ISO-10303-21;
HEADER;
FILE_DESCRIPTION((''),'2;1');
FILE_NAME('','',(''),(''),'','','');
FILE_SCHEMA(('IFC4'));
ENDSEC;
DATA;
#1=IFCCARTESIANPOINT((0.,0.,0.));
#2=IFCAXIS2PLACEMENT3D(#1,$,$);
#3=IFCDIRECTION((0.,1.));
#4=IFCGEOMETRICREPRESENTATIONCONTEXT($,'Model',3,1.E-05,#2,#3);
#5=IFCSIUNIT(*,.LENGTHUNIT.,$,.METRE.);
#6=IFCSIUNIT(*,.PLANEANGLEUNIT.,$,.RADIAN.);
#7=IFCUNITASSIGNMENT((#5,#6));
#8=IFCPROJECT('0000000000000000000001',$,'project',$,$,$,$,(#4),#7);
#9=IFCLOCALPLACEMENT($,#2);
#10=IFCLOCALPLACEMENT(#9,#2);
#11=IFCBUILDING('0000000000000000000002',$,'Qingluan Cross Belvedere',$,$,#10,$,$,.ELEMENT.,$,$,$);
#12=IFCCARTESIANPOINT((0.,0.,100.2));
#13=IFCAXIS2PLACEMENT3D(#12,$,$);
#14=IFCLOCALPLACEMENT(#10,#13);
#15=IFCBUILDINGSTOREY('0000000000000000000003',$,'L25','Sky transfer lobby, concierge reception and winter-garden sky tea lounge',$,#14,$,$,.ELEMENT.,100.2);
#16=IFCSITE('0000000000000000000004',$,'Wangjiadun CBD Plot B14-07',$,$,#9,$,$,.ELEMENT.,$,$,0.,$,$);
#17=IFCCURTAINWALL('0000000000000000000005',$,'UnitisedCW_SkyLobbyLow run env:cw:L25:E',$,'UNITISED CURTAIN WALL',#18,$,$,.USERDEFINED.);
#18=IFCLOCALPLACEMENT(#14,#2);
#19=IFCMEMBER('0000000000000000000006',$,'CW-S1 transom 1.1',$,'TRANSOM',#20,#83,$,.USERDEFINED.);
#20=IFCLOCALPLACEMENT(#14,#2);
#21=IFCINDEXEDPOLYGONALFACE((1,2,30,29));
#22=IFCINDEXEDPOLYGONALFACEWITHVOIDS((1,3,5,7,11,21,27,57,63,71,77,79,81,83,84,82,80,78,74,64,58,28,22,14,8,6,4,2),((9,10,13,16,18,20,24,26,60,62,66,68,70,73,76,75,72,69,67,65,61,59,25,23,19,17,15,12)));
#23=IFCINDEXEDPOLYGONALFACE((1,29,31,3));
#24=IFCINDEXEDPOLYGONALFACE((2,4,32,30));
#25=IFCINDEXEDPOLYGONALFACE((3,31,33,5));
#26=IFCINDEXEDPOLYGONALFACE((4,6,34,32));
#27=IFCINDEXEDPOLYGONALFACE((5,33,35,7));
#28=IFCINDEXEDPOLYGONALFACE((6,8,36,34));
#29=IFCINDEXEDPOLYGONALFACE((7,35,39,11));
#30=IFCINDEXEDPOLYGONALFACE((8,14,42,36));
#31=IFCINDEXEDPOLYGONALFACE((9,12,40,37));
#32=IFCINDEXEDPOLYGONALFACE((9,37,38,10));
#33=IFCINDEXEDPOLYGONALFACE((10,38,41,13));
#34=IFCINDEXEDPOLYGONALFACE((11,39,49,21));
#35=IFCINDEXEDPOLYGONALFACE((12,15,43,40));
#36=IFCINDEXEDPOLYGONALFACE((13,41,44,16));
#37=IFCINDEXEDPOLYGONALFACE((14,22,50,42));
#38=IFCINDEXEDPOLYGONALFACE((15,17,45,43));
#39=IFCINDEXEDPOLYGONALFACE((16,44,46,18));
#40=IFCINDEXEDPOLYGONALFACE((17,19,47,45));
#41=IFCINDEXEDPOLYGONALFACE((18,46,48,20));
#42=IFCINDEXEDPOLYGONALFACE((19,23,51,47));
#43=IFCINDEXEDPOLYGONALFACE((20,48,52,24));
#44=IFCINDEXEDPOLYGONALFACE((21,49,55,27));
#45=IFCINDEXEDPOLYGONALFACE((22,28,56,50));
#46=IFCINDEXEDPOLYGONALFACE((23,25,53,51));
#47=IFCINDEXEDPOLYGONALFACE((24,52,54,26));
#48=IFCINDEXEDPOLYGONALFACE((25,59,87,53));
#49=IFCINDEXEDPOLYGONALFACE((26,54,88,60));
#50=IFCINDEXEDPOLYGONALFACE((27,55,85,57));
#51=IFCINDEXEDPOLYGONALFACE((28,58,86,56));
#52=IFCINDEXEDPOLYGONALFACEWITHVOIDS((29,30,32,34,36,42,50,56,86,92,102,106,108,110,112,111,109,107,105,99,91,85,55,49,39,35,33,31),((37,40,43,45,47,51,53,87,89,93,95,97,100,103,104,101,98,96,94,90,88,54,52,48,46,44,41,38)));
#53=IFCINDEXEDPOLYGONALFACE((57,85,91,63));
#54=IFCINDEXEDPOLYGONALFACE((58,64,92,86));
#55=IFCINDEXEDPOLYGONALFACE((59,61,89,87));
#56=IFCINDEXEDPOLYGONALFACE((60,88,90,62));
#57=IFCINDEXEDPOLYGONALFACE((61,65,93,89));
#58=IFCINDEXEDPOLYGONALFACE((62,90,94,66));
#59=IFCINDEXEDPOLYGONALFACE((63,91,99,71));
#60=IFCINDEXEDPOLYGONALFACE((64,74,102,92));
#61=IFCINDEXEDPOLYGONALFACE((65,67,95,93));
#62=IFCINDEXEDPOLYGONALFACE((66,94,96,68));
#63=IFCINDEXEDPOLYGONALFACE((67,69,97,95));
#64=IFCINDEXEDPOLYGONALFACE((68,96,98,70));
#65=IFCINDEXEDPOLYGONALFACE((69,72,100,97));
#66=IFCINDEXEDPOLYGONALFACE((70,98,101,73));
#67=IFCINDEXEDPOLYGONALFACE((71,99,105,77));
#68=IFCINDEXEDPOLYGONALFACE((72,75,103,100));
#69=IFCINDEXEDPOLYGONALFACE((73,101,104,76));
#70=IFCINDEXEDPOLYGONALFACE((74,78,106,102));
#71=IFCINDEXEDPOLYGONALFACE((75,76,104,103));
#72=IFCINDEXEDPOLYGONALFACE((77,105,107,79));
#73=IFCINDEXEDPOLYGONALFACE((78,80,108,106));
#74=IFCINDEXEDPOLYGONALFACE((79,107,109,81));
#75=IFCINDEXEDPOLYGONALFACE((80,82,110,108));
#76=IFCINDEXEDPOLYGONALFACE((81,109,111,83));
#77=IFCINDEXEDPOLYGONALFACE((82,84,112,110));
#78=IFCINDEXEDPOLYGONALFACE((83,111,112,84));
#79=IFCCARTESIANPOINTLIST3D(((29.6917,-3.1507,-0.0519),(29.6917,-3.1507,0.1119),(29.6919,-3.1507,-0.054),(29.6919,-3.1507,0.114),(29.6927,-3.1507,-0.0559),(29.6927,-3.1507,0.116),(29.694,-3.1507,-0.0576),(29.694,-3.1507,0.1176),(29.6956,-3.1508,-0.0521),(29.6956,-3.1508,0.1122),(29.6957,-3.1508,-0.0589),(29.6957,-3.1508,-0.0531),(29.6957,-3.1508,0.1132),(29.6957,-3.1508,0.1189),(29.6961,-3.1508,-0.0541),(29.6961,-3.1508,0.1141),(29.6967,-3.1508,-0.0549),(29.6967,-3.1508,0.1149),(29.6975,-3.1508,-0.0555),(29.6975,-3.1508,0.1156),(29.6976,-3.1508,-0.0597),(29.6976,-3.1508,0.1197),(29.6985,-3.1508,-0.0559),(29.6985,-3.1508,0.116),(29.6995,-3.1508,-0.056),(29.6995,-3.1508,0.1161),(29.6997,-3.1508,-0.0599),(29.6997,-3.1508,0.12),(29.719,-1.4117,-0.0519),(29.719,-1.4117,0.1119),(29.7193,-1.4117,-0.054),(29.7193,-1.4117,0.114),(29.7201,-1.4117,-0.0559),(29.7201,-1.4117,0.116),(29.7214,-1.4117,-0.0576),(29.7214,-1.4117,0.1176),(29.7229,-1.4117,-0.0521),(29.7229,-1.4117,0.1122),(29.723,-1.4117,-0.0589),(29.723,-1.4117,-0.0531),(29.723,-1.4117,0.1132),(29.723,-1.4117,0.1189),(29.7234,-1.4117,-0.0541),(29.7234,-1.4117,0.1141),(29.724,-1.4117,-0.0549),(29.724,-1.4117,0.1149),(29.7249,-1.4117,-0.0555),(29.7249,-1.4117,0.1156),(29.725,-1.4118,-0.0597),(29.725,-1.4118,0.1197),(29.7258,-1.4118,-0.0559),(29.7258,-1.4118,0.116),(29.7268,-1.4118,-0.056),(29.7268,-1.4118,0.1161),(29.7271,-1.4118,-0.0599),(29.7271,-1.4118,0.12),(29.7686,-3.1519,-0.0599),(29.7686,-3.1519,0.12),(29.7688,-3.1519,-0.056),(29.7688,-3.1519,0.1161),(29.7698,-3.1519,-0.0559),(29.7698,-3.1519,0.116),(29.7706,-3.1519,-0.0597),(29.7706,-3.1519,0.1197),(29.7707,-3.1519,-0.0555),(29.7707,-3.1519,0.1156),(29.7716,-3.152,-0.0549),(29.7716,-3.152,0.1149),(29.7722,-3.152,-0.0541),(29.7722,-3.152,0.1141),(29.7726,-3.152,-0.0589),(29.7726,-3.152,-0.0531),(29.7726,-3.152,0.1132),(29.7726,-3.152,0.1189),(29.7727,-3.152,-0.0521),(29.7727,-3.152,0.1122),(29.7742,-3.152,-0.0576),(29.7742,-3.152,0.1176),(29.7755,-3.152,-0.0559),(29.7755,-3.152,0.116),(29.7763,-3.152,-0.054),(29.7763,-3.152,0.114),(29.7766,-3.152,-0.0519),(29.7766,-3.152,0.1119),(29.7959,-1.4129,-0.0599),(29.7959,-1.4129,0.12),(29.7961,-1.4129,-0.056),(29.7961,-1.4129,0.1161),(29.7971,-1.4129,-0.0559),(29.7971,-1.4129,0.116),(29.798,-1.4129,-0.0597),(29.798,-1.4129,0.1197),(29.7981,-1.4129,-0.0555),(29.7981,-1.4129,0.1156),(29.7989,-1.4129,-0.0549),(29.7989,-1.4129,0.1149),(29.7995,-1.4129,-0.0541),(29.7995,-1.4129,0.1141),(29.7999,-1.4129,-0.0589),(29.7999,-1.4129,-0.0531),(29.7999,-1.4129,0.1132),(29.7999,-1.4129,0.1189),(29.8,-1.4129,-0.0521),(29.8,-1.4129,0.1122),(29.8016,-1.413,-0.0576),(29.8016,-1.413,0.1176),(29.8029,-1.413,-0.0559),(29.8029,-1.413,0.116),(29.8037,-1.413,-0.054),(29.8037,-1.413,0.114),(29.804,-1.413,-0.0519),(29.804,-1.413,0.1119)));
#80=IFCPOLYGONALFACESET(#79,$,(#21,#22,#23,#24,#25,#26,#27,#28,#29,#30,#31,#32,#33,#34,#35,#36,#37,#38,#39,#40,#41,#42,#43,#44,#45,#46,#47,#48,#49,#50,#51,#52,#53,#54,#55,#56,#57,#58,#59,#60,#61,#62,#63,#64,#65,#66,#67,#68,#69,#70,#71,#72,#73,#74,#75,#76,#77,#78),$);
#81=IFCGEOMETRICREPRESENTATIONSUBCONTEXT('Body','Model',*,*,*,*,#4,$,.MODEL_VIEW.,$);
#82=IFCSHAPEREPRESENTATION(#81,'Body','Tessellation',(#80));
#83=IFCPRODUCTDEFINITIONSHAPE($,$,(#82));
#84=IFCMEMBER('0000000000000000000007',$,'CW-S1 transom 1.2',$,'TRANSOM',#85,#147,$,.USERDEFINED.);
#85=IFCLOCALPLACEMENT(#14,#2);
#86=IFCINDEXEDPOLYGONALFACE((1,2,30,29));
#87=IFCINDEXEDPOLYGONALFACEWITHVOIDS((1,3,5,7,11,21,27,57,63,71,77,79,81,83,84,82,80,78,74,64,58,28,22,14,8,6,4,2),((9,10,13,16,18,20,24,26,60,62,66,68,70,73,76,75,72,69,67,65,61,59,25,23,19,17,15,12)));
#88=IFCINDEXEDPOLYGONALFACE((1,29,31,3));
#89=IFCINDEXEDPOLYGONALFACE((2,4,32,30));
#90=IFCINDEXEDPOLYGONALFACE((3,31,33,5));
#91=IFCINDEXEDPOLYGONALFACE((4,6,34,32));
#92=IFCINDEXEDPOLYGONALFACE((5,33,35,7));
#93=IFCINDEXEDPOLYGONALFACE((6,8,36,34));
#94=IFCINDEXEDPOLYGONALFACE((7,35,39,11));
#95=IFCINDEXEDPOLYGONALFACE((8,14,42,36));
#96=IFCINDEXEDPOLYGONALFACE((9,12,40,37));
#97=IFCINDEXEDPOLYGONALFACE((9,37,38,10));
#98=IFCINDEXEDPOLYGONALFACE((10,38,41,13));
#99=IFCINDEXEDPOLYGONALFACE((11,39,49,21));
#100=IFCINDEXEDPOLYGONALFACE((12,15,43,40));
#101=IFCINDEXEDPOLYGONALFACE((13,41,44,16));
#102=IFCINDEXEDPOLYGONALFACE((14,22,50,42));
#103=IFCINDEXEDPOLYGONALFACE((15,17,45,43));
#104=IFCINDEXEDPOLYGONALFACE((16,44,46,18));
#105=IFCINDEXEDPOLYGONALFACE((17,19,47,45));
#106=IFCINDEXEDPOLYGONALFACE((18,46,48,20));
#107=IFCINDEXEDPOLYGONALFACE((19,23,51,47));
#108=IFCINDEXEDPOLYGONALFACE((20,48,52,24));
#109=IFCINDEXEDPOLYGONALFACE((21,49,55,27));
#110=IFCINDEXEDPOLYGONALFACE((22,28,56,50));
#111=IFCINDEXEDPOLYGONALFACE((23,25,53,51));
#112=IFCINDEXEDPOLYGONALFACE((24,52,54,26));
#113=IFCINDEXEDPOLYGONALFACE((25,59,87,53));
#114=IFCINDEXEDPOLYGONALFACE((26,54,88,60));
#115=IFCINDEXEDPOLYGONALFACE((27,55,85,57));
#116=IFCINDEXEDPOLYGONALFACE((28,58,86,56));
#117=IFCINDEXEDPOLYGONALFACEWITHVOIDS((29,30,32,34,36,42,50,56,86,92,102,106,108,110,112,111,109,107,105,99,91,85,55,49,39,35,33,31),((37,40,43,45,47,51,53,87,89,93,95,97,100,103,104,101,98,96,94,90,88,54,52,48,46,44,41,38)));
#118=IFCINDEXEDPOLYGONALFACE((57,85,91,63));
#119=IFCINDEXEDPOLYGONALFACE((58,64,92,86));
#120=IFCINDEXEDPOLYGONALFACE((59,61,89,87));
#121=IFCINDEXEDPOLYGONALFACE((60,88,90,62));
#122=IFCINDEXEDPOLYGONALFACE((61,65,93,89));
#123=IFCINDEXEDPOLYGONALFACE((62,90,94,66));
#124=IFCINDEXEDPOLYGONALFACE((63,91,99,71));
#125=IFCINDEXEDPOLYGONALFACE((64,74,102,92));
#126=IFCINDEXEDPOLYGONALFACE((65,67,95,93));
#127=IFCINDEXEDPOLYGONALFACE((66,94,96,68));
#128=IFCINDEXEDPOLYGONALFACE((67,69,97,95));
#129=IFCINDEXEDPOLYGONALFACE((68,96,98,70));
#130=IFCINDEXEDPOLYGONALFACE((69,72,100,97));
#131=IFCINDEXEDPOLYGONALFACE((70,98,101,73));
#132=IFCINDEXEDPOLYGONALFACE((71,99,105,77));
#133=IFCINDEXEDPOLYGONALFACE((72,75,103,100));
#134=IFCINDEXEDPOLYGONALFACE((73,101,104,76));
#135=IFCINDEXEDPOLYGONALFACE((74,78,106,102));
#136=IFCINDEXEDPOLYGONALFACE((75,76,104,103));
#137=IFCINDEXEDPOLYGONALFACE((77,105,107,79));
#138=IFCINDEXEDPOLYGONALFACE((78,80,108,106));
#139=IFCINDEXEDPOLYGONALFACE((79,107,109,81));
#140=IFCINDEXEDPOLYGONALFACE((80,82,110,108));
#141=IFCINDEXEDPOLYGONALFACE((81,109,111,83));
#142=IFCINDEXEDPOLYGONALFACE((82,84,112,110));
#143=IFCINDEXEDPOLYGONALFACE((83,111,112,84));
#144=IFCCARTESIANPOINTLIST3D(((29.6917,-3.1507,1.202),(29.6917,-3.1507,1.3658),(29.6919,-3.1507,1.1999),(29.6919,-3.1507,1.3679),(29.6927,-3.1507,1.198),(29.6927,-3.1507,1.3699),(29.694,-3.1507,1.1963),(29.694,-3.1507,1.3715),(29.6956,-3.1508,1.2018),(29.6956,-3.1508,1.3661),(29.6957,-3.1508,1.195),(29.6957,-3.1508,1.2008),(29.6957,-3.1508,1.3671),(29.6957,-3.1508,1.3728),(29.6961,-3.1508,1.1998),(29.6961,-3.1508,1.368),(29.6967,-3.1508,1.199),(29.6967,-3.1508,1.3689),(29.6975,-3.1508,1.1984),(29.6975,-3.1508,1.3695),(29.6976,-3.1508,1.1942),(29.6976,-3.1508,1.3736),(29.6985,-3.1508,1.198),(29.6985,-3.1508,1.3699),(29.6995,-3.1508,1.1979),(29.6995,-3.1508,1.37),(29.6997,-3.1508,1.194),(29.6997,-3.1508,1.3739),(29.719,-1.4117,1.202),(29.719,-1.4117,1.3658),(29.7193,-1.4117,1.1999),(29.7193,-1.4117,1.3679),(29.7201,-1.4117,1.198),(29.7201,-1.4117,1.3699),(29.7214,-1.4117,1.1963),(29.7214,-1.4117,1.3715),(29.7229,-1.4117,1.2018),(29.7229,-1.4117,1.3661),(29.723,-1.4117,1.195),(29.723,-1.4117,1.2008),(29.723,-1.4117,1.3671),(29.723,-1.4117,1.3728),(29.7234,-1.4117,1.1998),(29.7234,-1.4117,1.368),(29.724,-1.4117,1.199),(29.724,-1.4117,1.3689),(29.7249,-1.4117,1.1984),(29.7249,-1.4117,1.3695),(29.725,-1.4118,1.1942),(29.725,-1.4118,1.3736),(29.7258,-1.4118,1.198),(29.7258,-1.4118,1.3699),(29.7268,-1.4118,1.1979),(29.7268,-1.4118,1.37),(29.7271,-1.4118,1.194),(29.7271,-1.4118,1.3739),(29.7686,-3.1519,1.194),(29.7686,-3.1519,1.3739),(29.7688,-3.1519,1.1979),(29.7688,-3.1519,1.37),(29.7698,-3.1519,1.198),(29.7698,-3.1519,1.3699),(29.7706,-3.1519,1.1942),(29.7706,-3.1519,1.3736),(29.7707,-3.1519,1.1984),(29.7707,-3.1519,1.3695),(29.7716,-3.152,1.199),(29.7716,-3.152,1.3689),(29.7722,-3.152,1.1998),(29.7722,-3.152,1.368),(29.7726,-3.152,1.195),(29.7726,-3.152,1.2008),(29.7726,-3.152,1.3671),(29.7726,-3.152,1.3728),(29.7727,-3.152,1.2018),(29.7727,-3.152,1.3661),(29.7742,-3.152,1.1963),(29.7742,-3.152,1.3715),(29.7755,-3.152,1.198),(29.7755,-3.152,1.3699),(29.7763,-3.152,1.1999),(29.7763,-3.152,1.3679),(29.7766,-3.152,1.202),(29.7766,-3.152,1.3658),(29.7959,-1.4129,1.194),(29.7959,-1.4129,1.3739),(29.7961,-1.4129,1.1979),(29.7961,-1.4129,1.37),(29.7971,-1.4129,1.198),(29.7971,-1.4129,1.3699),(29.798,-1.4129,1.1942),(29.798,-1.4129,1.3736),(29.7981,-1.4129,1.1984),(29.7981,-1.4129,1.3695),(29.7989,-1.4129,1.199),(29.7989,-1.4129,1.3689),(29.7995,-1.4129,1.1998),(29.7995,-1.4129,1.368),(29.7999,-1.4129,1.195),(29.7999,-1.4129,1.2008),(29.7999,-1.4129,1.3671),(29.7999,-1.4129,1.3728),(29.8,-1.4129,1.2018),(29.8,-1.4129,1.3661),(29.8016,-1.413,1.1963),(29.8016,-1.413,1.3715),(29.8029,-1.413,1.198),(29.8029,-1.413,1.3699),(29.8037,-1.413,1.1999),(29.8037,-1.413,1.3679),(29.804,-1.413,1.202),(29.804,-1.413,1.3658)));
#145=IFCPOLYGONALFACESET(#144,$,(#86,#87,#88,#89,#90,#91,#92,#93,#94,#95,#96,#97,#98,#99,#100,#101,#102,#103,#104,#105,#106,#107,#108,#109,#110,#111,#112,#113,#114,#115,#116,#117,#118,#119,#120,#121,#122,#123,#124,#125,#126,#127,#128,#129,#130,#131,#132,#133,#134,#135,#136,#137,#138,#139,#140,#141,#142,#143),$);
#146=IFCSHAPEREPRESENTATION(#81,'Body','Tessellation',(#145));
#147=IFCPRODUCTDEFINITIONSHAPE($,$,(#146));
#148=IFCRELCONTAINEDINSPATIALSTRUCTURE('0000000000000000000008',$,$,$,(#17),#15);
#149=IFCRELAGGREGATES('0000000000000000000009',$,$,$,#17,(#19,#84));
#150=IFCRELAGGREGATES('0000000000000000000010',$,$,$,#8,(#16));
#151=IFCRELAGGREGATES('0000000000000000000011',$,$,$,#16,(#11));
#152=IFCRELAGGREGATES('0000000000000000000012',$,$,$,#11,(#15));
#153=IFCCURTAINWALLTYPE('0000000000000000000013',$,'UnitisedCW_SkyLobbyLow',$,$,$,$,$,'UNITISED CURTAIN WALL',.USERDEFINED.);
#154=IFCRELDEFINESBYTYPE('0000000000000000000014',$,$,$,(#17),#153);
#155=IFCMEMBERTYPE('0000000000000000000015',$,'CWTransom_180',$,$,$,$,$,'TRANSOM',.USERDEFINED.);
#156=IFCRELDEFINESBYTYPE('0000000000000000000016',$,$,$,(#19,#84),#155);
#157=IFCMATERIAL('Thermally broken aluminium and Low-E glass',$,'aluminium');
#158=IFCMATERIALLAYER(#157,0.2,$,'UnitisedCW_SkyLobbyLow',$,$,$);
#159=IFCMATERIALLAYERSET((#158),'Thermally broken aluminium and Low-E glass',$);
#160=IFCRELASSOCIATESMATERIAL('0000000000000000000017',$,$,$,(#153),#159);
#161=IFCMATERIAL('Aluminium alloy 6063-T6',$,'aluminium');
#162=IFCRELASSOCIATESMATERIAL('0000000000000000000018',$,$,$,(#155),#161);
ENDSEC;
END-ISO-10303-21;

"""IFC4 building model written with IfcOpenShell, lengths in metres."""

from ifc_helpers import new_model, si_unit, direction, frame, origin, origin_2d, place, context, subcontext, project, spatial, hollow_rectangle, extrude, material, layer, layer_set, material_profile, profile_set, type_object, element, aggregate, save


model = new_model("IFC4")

# Units and contexts
model_context = context("Model", 3, precision=1e-05, world=origin(), true_north=direction((0.0, 1.0)))
body_context = subcontext(model_context, "Body", "Model", "MODEL_VIEW")
ifc_project = project(units=[si_unit("LENGTHUNIT", "METRE"), si_unit("PLANEANGLEUNIT", "RADIAN")], contexts=[model_context])

# Site, building, storey
site_placement = place(None, origin())
site = spatial("IfcSite", under=ifc_project, at=site_placement, Name="Wangjiadun CBD Plot B14-07", CompositionType="ELEMENT", RefElevation=0.0)
building_placement = place(site_placement, origin())
building = spatial("IfcBuilding", under=site, at=building_placement, Name="Qingluan Cross Belvedere", CompositionType="ELEMENT")
storey_placement = place(building_placement, frame((0.0, 0.0, 100.2)))
storey = spatial("IfcBuildingStorey", under=building, at=storey_placement, Name="L25", Description="Sky transfer lobby, concierge reception and winter-garden sky tea lounge", CompositionType="ELEMENT", Elevation=100.2)

# Curtain wall, members
ifc_material_1 = material(Name="Thermally broken aluminium and Low-E glass", Category="aluminium")
ifc_layer_1 = layer(ifc_material_1, 0.2, Name="UnitisedCW_SkyLobbyLow")
ifc_layer_set_1 = layer_set([ifc_layer_1], Name="Thermally broken aluminium and Low-E glass")
curtain_wall_type = type_object("IfcCurtainWallType", Name="UnitisedCW_SkyLobbyLow", ElementType="UNITISED CURTAIN WALL", PredefinedType="USERDEFINED", material=ifc_layer_set_1)
curtain_wall_placement = place(storey_placement, origin())
curtain_wall = element("IfcCurtainWall", 1, at=curtain_wall_placement, inside=storey, type_object=curtain_wall_type, Name="UnitisedCW_SkyLobbyLow run env:cw:L25:E", ObjectType="UNITISED CURTAIN WALL", PredefinedType="USERDEFINED")
ifc_material_2 = material(Name="Aluminium alloy 6063-T6", Category="aluminium")
ifc_material_profile_1 = material_profile(ifc_material_2, hollow_rectangle(XDim=0.085, YDim=0.1799, WallThickness=0.0039, InnerFilletRadius=0.0039, OuterFilletRadius=0.0081, at=origin_2d()), Name="CWT180x85x4")
ifc_profile_set_1 = profile_set([ifc_material_profile_1], Name="Aluminium alloy 6063-T6")
member_type_1 = type_object("IfcMemberType", Name="CWTransom_180", ElementType="TRANSOM", PredefinedType="USERDEFINED", material=ifc_profile_set_1)
member_1_placement = place(storey_placement, frame((29.7341, -3.1514, 0.03), z_axis=(0.015722, 0.999876, 0.0), x_axis=(-0.999876, 0.015722, 0.0)))
member_1 = element("IfcMember", 2, at=member_1_placement, type_object=member_type_1, Name="CW-S1 transom 1.1", ObjectType="TRANSOM", PredefinedType="USERDEFINED", context=body_context, shape_type="SweptSolid", body=[
    extrude(hollow_rectangle(XDim=0.085, YDim=0.1799, WallThickness=0.0039, InnerFilletRadius=0.0039, OuterFilletRadius=0.0081, at=origin_2d()), origin(), (0.0, 0.0, 1.0), 1.7393),
])
member_2_placement = place(storey_placement, frame((29.7341, -3.1514, 1.2839), z_axis=(0.015722, 0.999876, 0.0), x_axis=(-0.999876, 0.015722, 0.0)))
member_2 = element("IfcMember", 3, at=member_2_placement, type_object=member_type_1, Name="CW-S1 transom 1.2", ObjectType="TRANSOM", PredefinedType="USERDEFINED", context=body_context, shape_type="SweptSolid", body=[
    extrude(hollow_rectangle(XDim=0.085, YDim=0.1799, WallThickness=0.0039, InnerFilletRadius=0.0039, OuterFilletRadius=0.0081, at=origin_2d()), origin(), (0.0, 0.0, 1.0), 1.7393),
])

aggregate(curtain_wall, [member_1, member_2])

save(model, "model.ifc")
